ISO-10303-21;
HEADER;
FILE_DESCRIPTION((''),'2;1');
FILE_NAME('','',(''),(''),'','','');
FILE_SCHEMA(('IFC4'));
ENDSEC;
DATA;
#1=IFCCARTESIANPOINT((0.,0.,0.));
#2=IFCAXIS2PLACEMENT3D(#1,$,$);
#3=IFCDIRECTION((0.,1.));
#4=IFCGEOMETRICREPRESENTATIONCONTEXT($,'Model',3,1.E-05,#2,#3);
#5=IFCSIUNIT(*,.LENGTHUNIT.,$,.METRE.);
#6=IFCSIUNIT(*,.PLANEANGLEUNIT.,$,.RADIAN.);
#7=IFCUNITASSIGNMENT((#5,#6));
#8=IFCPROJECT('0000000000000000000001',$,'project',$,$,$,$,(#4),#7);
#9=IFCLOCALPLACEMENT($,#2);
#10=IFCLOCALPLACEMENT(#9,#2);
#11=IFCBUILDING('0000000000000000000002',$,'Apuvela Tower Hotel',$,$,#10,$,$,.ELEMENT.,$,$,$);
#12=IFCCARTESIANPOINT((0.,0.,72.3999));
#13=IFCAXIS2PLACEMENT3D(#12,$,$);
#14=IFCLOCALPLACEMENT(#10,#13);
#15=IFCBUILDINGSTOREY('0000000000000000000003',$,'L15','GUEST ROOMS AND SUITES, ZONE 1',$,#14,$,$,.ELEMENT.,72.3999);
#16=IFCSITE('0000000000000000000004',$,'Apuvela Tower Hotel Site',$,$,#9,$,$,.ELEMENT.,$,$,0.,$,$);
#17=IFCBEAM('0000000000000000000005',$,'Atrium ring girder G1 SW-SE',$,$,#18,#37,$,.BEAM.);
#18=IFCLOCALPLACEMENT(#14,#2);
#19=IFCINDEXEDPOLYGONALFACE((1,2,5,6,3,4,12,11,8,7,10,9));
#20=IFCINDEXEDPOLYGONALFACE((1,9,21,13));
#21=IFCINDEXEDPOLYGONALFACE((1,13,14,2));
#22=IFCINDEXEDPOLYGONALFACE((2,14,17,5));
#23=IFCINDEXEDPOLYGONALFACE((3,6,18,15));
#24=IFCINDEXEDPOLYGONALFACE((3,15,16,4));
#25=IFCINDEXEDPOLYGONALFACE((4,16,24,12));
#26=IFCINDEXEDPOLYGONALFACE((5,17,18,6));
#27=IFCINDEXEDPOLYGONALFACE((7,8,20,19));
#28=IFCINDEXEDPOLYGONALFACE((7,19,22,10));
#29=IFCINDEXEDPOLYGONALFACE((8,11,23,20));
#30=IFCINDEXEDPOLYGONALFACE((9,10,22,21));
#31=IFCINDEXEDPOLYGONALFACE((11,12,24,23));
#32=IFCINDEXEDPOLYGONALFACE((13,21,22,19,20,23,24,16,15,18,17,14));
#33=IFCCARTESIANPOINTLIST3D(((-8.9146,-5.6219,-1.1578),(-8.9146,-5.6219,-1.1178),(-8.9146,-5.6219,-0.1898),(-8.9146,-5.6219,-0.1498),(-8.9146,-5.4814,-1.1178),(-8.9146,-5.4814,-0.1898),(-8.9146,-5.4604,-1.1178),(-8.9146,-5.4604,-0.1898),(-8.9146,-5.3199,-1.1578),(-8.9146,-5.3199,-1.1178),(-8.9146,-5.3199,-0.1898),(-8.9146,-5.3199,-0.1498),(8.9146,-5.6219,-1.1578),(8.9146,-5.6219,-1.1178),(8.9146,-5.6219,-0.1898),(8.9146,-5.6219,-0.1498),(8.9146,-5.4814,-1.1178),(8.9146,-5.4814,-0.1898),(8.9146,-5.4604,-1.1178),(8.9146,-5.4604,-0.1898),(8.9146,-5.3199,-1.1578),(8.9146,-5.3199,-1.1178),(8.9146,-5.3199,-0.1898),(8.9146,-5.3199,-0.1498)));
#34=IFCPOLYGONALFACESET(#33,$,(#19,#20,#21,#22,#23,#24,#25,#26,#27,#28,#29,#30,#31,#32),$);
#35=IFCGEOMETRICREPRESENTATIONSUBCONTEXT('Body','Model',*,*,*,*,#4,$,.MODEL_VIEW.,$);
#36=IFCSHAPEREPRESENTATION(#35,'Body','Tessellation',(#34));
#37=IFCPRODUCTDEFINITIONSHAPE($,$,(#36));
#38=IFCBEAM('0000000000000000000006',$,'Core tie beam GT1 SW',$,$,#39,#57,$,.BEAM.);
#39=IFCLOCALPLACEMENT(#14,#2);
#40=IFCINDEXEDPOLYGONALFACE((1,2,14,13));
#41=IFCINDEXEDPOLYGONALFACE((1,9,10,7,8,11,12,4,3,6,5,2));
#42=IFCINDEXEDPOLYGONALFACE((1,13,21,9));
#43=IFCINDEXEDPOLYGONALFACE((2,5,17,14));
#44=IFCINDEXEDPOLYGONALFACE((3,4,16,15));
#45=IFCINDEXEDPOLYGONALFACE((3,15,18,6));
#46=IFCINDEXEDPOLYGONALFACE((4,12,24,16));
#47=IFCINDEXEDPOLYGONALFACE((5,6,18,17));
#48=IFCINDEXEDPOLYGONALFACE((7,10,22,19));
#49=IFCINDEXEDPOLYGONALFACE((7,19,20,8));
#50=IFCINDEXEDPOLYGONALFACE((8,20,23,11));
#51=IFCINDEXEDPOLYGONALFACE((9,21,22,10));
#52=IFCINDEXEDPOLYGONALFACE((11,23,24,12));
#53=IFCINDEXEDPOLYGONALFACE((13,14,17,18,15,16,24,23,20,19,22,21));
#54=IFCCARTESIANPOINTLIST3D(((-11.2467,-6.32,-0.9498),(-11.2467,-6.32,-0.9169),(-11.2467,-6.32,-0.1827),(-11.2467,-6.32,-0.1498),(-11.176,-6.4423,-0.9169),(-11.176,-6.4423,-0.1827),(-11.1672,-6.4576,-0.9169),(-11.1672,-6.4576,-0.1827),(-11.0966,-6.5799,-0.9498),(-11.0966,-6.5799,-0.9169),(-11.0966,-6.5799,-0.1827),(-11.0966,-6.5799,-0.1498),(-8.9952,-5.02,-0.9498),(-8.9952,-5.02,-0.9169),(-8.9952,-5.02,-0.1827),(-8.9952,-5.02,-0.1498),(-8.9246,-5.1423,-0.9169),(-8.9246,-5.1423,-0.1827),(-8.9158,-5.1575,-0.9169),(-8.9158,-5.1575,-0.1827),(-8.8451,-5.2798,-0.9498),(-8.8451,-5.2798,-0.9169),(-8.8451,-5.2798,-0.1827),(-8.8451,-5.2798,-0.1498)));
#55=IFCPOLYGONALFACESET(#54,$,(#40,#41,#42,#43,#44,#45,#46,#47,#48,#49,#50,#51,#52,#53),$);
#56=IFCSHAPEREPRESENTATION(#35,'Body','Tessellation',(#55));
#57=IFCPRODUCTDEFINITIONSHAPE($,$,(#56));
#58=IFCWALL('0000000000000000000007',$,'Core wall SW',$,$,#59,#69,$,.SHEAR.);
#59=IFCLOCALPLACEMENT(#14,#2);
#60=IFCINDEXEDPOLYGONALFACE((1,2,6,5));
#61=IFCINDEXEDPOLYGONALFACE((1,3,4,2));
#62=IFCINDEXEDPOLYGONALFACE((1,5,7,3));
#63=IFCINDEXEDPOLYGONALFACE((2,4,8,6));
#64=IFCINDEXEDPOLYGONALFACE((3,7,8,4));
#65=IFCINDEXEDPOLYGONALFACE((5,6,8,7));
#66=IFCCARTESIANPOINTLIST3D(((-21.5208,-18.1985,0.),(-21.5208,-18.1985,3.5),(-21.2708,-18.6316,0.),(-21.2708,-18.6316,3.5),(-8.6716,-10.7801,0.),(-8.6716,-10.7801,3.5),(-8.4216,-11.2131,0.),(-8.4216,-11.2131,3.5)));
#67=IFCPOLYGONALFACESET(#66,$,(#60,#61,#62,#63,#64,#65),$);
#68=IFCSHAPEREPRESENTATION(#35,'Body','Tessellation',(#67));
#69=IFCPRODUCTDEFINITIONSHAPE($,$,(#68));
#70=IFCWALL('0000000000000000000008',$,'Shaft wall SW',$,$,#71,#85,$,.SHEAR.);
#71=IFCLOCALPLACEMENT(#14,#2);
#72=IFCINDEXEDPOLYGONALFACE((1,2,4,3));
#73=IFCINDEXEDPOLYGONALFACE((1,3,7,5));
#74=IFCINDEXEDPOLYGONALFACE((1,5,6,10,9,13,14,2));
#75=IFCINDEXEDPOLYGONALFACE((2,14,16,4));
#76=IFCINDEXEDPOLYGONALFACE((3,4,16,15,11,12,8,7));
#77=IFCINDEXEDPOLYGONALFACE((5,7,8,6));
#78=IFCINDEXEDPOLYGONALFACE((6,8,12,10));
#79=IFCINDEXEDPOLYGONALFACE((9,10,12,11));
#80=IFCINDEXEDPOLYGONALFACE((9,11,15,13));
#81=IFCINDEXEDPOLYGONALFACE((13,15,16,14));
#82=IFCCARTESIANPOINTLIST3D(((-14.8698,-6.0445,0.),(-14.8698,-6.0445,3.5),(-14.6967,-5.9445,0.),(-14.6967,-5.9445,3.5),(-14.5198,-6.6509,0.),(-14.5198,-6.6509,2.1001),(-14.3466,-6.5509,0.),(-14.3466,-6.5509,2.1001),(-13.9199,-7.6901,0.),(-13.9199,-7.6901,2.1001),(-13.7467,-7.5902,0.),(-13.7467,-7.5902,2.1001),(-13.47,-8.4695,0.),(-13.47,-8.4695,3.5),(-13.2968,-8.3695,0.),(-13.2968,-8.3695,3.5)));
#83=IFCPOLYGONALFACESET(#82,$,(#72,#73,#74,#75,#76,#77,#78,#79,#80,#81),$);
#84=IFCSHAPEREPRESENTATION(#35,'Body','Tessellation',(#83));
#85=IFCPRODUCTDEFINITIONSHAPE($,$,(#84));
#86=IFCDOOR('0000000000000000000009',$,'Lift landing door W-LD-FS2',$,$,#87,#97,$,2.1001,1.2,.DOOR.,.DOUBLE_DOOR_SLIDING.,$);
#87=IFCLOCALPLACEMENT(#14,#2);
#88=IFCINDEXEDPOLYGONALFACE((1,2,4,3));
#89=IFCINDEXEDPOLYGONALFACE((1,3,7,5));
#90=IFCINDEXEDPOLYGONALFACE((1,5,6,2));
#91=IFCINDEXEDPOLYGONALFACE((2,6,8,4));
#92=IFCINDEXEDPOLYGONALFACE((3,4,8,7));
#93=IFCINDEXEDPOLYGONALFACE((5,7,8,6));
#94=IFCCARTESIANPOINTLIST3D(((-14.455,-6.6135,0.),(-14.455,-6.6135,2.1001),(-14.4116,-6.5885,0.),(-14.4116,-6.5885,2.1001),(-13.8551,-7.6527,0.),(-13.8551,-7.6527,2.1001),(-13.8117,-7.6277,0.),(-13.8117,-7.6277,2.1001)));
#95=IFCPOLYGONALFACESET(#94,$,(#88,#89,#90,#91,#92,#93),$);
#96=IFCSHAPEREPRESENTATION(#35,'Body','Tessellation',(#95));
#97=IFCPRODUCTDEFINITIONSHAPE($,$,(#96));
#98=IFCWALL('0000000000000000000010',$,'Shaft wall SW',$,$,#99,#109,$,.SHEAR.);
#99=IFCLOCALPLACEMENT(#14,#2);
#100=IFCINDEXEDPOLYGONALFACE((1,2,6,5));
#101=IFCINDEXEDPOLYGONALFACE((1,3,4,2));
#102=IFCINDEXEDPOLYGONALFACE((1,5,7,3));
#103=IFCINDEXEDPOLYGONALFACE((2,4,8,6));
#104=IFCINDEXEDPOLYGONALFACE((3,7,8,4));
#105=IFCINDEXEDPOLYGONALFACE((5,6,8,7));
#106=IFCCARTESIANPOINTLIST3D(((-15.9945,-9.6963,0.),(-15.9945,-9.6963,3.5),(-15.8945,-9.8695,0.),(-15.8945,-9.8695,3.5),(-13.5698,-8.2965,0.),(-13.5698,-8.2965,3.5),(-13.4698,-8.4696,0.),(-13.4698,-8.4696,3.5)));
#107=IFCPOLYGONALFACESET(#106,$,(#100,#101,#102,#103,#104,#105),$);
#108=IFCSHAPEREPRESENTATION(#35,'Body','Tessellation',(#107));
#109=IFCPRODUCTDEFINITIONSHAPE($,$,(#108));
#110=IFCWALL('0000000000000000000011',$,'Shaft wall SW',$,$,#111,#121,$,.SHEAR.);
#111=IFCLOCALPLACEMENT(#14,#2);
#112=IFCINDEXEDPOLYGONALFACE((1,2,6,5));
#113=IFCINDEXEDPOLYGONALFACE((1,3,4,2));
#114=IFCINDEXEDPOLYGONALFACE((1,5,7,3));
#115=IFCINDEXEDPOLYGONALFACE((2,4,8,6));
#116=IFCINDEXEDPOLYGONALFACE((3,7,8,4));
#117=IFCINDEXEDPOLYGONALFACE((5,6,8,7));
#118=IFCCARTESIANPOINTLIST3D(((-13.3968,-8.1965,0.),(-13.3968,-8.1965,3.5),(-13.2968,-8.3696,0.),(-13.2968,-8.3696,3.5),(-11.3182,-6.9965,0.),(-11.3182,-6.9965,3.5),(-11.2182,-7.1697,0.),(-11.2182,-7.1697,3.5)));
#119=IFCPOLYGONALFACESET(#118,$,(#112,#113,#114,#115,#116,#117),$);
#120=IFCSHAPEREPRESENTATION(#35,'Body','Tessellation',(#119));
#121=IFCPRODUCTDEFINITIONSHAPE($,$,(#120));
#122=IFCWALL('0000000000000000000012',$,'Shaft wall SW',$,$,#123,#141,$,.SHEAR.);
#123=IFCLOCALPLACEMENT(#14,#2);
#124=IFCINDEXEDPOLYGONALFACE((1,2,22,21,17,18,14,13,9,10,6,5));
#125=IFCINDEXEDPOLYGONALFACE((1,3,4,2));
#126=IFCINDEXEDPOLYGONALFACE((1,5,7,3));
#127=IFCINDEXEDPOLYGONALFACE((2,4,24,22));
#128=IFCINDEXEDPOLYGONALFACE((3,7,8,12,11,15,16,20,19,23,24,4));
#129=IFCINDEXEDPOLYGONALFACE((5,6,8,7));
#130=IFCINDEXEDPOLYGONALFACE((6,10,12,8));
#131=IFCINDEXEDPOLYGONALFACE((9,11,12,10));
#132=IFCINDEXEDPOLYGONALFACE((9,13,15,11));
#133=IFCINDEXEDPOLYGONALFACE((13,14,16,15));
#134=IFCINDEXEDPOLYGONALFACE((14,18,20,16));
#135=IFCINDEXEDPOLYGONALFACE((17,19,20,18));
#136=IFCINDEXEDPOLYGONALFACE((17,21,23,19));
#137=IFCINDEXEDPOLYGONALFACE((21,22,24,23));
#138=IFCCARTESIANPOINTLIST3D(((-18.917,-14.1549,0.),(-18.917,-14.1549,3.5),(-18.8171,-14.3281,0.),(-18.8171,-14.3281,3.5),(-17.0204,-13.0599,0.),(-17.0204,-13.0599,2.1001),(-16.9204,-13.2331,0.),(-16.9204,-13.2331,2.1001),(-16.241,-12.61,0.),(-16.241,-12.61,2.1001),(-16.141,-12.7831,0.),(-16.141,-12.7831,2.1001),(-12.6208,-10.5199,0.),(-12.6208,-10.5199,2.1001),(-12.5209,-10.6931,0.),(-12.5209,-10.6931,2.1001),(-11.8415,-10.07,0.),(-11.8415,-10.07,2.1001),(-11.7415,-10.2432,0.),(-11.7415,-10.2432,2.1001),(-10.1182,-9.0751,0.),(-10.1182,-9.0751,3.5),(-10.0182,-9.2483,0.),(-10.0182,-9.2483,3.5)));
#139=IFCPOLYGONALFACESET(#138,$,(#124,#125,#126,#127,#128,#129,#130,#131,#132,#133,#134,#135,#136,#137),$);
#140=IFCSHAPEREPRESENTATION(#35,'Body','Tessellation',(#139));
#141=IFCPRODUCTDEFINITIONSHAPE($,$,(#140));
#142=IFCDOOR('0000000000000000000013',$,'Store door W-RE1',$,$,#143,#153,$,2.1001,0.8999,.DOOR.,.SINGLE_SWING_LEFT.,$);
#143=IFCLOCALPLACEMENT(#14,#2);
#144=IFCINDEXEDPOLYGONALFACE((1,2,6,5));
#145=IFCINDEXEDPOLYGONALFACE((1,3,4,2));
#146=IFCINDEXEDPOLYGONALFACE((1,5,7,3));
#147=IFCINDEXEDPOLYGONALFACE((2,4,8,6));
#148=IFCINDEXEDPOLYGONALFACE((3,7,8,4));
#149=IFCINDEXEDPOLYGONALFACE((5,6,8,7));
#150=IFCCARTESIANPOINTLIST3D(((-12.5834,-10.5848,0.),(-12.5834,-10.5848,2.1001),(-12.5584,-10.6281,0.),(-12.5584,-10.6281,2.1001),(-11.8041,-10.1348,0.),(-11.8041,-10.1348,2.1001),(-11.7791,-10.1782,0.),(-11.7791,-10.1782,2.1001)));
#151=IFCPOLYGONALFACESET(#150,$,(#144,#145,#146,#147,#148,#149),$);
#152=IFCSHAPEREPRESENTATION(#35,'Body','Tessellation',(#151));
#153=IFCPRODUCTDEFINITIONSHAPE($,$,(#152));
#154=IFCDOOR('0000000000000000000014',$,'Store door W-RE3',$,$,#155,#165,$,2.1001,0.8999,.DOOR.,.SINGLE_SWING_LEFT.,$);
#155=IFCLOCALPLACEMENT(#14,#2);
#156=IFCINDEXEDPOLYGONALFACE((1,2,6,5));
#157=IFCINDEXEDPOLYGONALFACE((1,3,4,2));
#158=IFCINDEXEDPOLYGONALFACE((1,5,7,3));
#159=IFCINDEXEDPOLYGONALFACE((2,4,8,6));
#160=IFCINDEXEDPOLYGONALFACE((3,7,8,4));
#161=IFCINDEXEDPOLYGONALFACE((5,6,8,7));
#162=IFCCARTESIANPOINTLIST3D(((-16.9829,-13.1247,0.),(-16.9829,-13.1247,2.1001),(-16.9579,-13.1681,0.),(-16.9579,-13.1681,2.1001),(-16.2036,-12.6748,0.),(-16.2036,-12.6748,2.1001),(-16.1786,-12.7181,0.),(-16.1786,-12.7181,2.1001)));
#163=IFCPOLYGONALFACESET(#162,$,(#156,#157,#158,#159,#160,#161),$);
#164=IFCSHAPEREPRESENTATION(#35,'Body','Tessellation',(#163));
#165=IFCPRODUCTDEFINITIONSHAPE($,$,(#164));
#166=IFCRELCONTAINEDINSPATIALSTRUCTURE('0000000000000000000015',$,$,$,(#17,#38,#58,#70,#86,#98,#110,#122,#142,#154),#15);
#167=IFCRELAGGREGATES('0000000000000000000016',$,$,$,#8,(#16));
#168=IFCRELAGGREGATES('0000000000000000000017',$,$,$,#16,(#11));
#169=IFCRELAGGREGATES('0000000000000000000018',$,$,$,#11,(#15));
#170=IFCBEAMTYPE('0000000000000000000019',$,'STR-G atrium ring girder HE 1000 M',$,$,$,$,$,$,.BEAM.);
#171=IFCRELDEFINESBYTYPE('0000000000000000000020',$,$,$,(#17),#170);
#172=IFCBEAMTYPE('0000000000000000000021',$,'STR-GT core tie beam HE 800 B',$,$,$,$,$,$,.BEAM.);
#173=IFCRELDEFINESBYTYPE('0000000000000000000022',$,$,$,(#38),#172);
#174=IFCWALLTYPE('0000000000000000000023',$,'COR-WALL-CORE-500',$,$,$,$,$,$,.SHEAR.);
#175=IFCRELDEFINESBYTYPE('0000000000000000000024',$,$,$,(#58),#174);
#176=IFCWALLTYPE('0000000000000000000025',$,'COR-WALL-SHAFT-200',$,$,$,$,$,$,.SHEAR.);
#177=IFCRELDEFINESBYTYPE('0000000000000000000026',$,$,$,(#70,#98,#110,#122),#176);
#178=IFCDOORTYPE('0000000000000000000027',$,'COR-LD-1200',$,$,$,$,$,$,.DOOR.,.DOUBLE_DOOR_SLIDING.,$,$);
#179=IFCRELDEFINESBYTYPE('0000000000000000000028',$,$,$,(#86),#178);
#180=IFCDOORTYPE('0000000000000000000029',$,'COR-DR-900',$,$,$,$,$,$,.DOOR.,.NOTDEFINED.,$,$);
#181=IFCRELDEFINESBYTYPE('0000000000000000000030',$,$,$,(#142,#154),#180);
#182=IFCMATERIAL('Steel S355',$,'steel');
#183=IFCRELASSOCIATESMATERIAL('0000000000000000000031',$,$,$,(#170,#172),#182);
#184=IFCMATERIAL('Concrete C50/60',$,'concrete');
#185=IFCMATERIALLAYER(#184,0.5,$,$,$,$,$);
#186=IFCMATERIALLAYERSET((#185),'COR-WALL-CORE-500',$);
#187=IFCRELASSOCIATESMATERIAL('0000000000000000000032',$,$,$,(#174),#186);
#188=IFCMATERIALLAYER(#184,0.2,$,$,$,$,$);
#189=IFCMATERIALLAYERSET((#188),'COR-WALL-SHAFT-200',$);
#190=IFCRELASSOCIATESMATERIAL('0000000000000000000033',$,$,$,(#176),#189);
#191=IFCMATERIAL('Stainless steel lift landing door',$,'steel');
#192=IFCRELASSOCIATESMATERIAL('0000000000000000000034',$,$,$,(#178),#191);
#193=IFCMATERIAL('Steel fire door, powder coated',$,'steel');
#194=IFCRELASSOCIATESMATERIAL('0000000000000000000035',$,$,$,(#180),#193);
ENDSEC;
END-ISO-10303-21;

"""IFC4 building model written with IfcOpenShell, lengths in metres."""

from ifc_helpers import new_model, si_unit, direction, frame, frame_2d, origin, origin_2d, place, context, subcontext, project, spatial, rectangle, i_section, extrude, material, layer, layer_set, material_profile, profile_set, type_object, element, fill, save


model = new_model("IFC4")

# Units and contexts
model_context = context("Model", 3, precision=1e-05, world=origin(), true_north=direction((0.0, 1.0)))
body_context = subcontext(model_context, "Body", "Model", "MODEL_VIEW")
ifc_project = project(units=[si_unit("LENGTHUNIT", "METRE"), si_unit("PLANEANGLEUNIT", "RADIAN")], contexts=[model_context])

# Site, building, storey
site_placement = place(None, origin())
site = spatial("IfcSite", under=ifc_project, at=site_placement, Name="Apuvela Tower Hotel Site", CompositionType="ELEMENT", RefElevation=0.0)
building_placement = place(site_placement, origin())
building = spatial("IfcBuilding", under=site, at=building_placement, Name="Apuvela Tower Hotel", CompositionType="ELEMENT")
storey_placement = place(building_placement, frame((0.0, 0.0, 72.3999)))
storey = spatial("IfcBuildingStorey", under=building, at=storey_placement, Name="L15", Description="GUEST ROOMS AND SUITES, ZONE 1", CompositionType="ELEMENT", Elevation=72.3999)

# Beams
ifc_material_1 = material(Name="Steel S355", Category="steel")
ifc_material_profile_1 = material_profile(ifc_material_1, i_section(OverallWidth=0.302, OverallDepth=1.0081, WebThickness=0.021, FlangeThickness=0.04, at=origin_2d()), Name="HE 1000 M")
ifc_profile_set_1 = profile_set([ifc_material_profile_1], Name="Steel S355")
beam_type_1 = type_object("IfcBeamType", Name="STR-G atrium ring girder HE 1000 M", PredefinedType="BEAM", material=ifc_profile_set_1)
beam_1_placement = place(storey_placement, frame((-8.9146, -5.4709, -0.6538), z_axis=(1.0, 0.0, 0.0), x_axis=(0.0, 1.0, 0.0)))
element("IfcBeam", 1, at=beam_1_placement, inside=storey, type_object=beam_type_1, Name="Atrium ring girder G1 SW-SE", PredefinedType="BEAM", context=body_context, shape_type="SweptSolid", body=[
    extrude(i_section(OverallWidth=0.302, OverallDepth=1.0081, WebThickness=0.021, FlangeThickness=0.04, at=origin_2d()), origin(), (0.0, 0.0, 1.0), 17.8291),
])
ifc_material_profile_2 = material_profile(ifc_material_1, i_section(OverallWidth=0.3, OverallDepth=0.8, WebThickness=0.0176, FlangeThickness=0.033, at=origin_2d()), Name="HE 800 B")
ifc_profile_set_2 = profile_set([ifc_material_profile_2], Name="Steel S355")
beam_type_2 = type_object("IfcBeamType", Name="STR-GT core tie beam HE 800 B", PredefinedType="BEAM", material=ifc_profile_set_2)
beam_2_placement = place(storey_placement, frame((-11.1716, -6.45, -0.5498), z_axis=(0.865998, 0.500048, 0.0), x_axis=(-0.500048, 0.865998, 0.0)))
element("IfcBeam", 2, at=beam_2_placement, inside=storey, type_object=beam_type_2, Name="Core tie beam GT1 SW", PredefinedType="BEAM", context=body_context, shape_type="SweptSolid", body=[
    extrude(i_section(OverallWidth=0.3, OverallDepth=0.8, WebThickness=0.0176, FlangeThickness=0.033, at=origin_2d()), origin(), (0.0, 0.0, 1.0), 2.5999),
])

# Wall
ifc_material_2 = material(Name="Concrete C50/60", Category="concrete")
ifc_layer_1 = layer(ifc_material_2, 0.5)
ifc_layer_set_1 = layer_set([ifc_layer_1], Name="COR-WALL-CORE-500")
wall_type_1 = type_object("IfcWallType", Name="COR-WALL-CORE-500", PredefinedType="SHEAR", material=ifc_layer_set_1)
wall_1_placement = place(storey_placement, frame((-8.5466, -10.9966, 0.0), z_axis=(0.0, 0.0, 1.0), x_axis=(-0.866025, -0.500001, 0.0)))
element("IfcWall", 3, at=wall_1_placement, inside=storey, type_object=wall_type_1, Name="Core wall SW", PredefinedType="SHEAR", context=body_context, shape_type="SweptSolid", body=[
    extrude(rectangle(XDim=14.8369, YDim=0.5, at=frame_2d((7.4185, 0.0))), origin(), (0.0, 0.0, 1.0), 3.5),
])

# Wall, opening, door
ifc_layer_2 = layer(ifc_material_2, 0.2)
ifc_layer_set_2 = layer_set([ifc_layer_2], Name="COR-WALL-SHAFT-200")
wall_type_2 = type_object("IfcWallType", Name="COR-WALL-SHAFT-200", PredefinedType="SHEAR", material=ifc_layer_set_2)
wall_2_placement = place(storey_placement, frame((-14.7832, -5.9946, 0.0), z_axis=(0.0, 0.0, 1.0), x_axis=(0.499946, -0.866056, 0.0)))
wall_2 = element("IfcWall", 4, at=wall_2_placement, inside=storey, type_object=wall_type_2, Name="Shaft wall SW", PredefinedType="SHEAR", context=body_context, shape_type="SweptSolid", body=[
    extrude(rectangle(XDim=2.8, YDim=0.2, at=frame_2d((1.3999, 0.0))), origin(), (0.0, 0.0, 1.0), 3.5),
])
opening_1_placement = place(wall_2_placement, frame((0.7, 0.0, 0.0)))
opening_1 = element("IfcOpeningElement", 5, at=opening_1_placement, cuts=wall_2, PredefinedType="OPENING", context=body_context, shape_type="SweptSolid", body=[
    extrude(rectangle(XDim=1.2, YDim=2.1001, at=frame_2d((0.6001, 1.05))), frame((0.0, 0.1099, 0.0), z_axis=(0.0, -1.0, 0.0), x_axis=(1.0, 0.0, 0.0)), (0.0, 0.0, 1.0), 0.22),
])
ifc_material_3 = material(Name="Stainless steel lift landing door", Category="steel")
door_type_1 = type_object("IfcDoorType", Name="COR-LD-1200", OperationType="DOUBLE_DOOR_SLIDING", PredefinedType="DOOR", material=ifc_material_3)
door_1_placement = place(opening_1_placement, origin())
door_1 = element("IfcDoor", 6, at=door_1_placement, inside=storey, type_object=door_type_1, Name="Lift landing door W-LD-FS2", OperationType="DOUBLE_DOOR_SLIDING", OverallHeight=2.1001, OverallWidth=1.2, PredefinedType="DOOR", context=body_context, shape_type="SweptSolid", body=[
    extrude(rectangle(XDim=1.2, YDim=2.1001, at=frame_2d((0.6001, 1.05))), frame((0.0, 0.0249, 0.0), z_axis=(0.0, -1.0, 0.0), x_axis=(1.0, 0.0, 0.0)), (0.0, 0.0, 1.0), 0.05),
])
fill(opening_1, door_1)

# Walls
wall_3_placement = place(storey_placement, frame((-13.5198, -8.3831, 0.0), z_axis=(0.0, 0.0, 1.0), x_axis=(-0.866035, -0.499984, 0.0)))
element("IfcWall", 7, at=wall_3_placement, inside=storey, type_object=wall_type_2, Name="Shaft wall SW", PredefinedType="SHEAR", context=body_context, shape_type="SweptSolid", body=[
    extrude(rectangle(XDim=2.7998, YDim=0.2, at=frame_2d((1.3999, 0.0))), origin(), (0.0, 0.0, 1.0), 3.5),
])
wall_4_placement = place(storey_placement, frame((-11.2681, -7.083, 0.0), z_axis=(0.0, 0.0, 1.0), x_axis=(-0.86605, -0.499957, 0.0)))
element("IfcWall", 8, at=wall_4_placement, inside=storey, type_object=wall_type_2, Name="Shaft wall SW", PredefinedType="SHEAR", context=body_context, shape_type="SweptSolid", body=[
    extrude(rectangle(XDim=2.4001, YDim=0.2, at=frame_2d((1.2002, 0.0))), origin(), (0.0, 0.0, 1.0), 3.5),
])

# Wall, openings, doors
wall_5_placement = place(storey_placement, frame((-10.0681, -9.1616, 0.0), z_axis=(0.0, 0.0, 1.0), x_axis=(-0.866033, -0.499987, 0.0)))
wall_5 = element("IfcWall", 9, at=wall_5_placement, inside=storey, type_object=wall_type_2, Name="Shaft wall SW", PredefinedType="SHEAR", context=body_context, shape_type="SweptSolid", body=[
    extrude(rectangle(XDim=10.1599, YDim=0.2, at=frame_2d((5.0801, 0.0))), origin(), (0.0, 0.0, 1.0), 3.5),
])
opening_2_placement = place(wall_5_placement, frame((1.99, 0.0, 0.0)))
opening_2 = element("IfcOpeningElement", 10, at=opening_2_placement, cuts=wall_5, PredefinedType="OPENING", context=body_context, shape_type="SweptSolid", body=[
    extrude(rectangle(XDim=0.8999, YDim=2.1001, at=frame_2d((0.45, 1.05))), frame((0.0, 0.1099, 0.0), z_axis=(0.0, -1.0, 0.0), x_axis=(1.0, 0.0, 0.0)), (0.0, 0.0, 1.0), 0.22),
])
opening_3_placement = place(wall_5_placement, frame((7.0701, 0.0, 0.0)))
opening_3 = element("IfcOpeningElement", 11, at=opening_3_placement, cuts=wall_5, PredefinedType="OPENING", context=body_context, shape_type="SweptSolid", body=[
    extrude(rectangle(XDim=0.8999, YDim=2.1001, at=frame_2d((0.45, 1.05))), frame((0.0, 0.1099, 0.0), z_axis=(0.0, -1.0, 0.0), x_axis=(1.0, 0.0, 0.0)), (0.0, 0.0, 1.0), 0.22),
])
ifc_material_4 = material(Name="Steel fire door, powder coated", Category="steel")
door_type_2 = type_object("IfcDoorType", Name="COR-DR-900", OperationType="NOTDEFINED", PredefinedType="DOOR", material=ifc_material_4)
door_2_placement = place(opening_2_placement, origin())
door_2 = element("IfcDoor", 12, at=door_2_placement, inside=storey, type_object=door_type_2, Name="Store door W-RE1", OperationType="SINGLE_SWING_LEFT", OverallHeight=2.1001, OverallWidth=0.8999, PredefinedType="DOOR", context=body_context, shape_type="SweptSolid", body=[
    extrude(rectangle(XDim=0.8999, YDim=2.1001, at=frame_2d((0.45, 1.05))), frame((0.0, 0.0249, 0.0), z_axis=(0.0, -1.0, 0.0), x_axis=(1.0, 0.0, 0.0)), (0.0, 0.0, 1.0), 0.05),
])
fill(opening_2, door_2)
door_3_placement = place(opening_3_placement, origin())
door_3 = element("IfcDoor", 13, at=door_3_placement, inside=storey, type_object=door_type_2, Name="Store door W-RE3", OperationType="SINGLE_SWING_LEFT", OverallHeight=2.1001, OverallWidth=0.8999, PredefinedType="DOOR", context=body_context, shape_type="SweptSolid", body=[
    extrude(rectangle(XDim=0.8999, YDim=2.1001, at=frame_2d((0.45, 1.05))), frame((0.0, 0.0249, 0.0), z_axis=(0.0, -1.0, 0.0), x_axis=(1.0, 0.0, 0.0)), (0.0, 0.0, 1.0), 0.05),
])
fill(opening_3, door_3)

save(model, "model.ifc")
